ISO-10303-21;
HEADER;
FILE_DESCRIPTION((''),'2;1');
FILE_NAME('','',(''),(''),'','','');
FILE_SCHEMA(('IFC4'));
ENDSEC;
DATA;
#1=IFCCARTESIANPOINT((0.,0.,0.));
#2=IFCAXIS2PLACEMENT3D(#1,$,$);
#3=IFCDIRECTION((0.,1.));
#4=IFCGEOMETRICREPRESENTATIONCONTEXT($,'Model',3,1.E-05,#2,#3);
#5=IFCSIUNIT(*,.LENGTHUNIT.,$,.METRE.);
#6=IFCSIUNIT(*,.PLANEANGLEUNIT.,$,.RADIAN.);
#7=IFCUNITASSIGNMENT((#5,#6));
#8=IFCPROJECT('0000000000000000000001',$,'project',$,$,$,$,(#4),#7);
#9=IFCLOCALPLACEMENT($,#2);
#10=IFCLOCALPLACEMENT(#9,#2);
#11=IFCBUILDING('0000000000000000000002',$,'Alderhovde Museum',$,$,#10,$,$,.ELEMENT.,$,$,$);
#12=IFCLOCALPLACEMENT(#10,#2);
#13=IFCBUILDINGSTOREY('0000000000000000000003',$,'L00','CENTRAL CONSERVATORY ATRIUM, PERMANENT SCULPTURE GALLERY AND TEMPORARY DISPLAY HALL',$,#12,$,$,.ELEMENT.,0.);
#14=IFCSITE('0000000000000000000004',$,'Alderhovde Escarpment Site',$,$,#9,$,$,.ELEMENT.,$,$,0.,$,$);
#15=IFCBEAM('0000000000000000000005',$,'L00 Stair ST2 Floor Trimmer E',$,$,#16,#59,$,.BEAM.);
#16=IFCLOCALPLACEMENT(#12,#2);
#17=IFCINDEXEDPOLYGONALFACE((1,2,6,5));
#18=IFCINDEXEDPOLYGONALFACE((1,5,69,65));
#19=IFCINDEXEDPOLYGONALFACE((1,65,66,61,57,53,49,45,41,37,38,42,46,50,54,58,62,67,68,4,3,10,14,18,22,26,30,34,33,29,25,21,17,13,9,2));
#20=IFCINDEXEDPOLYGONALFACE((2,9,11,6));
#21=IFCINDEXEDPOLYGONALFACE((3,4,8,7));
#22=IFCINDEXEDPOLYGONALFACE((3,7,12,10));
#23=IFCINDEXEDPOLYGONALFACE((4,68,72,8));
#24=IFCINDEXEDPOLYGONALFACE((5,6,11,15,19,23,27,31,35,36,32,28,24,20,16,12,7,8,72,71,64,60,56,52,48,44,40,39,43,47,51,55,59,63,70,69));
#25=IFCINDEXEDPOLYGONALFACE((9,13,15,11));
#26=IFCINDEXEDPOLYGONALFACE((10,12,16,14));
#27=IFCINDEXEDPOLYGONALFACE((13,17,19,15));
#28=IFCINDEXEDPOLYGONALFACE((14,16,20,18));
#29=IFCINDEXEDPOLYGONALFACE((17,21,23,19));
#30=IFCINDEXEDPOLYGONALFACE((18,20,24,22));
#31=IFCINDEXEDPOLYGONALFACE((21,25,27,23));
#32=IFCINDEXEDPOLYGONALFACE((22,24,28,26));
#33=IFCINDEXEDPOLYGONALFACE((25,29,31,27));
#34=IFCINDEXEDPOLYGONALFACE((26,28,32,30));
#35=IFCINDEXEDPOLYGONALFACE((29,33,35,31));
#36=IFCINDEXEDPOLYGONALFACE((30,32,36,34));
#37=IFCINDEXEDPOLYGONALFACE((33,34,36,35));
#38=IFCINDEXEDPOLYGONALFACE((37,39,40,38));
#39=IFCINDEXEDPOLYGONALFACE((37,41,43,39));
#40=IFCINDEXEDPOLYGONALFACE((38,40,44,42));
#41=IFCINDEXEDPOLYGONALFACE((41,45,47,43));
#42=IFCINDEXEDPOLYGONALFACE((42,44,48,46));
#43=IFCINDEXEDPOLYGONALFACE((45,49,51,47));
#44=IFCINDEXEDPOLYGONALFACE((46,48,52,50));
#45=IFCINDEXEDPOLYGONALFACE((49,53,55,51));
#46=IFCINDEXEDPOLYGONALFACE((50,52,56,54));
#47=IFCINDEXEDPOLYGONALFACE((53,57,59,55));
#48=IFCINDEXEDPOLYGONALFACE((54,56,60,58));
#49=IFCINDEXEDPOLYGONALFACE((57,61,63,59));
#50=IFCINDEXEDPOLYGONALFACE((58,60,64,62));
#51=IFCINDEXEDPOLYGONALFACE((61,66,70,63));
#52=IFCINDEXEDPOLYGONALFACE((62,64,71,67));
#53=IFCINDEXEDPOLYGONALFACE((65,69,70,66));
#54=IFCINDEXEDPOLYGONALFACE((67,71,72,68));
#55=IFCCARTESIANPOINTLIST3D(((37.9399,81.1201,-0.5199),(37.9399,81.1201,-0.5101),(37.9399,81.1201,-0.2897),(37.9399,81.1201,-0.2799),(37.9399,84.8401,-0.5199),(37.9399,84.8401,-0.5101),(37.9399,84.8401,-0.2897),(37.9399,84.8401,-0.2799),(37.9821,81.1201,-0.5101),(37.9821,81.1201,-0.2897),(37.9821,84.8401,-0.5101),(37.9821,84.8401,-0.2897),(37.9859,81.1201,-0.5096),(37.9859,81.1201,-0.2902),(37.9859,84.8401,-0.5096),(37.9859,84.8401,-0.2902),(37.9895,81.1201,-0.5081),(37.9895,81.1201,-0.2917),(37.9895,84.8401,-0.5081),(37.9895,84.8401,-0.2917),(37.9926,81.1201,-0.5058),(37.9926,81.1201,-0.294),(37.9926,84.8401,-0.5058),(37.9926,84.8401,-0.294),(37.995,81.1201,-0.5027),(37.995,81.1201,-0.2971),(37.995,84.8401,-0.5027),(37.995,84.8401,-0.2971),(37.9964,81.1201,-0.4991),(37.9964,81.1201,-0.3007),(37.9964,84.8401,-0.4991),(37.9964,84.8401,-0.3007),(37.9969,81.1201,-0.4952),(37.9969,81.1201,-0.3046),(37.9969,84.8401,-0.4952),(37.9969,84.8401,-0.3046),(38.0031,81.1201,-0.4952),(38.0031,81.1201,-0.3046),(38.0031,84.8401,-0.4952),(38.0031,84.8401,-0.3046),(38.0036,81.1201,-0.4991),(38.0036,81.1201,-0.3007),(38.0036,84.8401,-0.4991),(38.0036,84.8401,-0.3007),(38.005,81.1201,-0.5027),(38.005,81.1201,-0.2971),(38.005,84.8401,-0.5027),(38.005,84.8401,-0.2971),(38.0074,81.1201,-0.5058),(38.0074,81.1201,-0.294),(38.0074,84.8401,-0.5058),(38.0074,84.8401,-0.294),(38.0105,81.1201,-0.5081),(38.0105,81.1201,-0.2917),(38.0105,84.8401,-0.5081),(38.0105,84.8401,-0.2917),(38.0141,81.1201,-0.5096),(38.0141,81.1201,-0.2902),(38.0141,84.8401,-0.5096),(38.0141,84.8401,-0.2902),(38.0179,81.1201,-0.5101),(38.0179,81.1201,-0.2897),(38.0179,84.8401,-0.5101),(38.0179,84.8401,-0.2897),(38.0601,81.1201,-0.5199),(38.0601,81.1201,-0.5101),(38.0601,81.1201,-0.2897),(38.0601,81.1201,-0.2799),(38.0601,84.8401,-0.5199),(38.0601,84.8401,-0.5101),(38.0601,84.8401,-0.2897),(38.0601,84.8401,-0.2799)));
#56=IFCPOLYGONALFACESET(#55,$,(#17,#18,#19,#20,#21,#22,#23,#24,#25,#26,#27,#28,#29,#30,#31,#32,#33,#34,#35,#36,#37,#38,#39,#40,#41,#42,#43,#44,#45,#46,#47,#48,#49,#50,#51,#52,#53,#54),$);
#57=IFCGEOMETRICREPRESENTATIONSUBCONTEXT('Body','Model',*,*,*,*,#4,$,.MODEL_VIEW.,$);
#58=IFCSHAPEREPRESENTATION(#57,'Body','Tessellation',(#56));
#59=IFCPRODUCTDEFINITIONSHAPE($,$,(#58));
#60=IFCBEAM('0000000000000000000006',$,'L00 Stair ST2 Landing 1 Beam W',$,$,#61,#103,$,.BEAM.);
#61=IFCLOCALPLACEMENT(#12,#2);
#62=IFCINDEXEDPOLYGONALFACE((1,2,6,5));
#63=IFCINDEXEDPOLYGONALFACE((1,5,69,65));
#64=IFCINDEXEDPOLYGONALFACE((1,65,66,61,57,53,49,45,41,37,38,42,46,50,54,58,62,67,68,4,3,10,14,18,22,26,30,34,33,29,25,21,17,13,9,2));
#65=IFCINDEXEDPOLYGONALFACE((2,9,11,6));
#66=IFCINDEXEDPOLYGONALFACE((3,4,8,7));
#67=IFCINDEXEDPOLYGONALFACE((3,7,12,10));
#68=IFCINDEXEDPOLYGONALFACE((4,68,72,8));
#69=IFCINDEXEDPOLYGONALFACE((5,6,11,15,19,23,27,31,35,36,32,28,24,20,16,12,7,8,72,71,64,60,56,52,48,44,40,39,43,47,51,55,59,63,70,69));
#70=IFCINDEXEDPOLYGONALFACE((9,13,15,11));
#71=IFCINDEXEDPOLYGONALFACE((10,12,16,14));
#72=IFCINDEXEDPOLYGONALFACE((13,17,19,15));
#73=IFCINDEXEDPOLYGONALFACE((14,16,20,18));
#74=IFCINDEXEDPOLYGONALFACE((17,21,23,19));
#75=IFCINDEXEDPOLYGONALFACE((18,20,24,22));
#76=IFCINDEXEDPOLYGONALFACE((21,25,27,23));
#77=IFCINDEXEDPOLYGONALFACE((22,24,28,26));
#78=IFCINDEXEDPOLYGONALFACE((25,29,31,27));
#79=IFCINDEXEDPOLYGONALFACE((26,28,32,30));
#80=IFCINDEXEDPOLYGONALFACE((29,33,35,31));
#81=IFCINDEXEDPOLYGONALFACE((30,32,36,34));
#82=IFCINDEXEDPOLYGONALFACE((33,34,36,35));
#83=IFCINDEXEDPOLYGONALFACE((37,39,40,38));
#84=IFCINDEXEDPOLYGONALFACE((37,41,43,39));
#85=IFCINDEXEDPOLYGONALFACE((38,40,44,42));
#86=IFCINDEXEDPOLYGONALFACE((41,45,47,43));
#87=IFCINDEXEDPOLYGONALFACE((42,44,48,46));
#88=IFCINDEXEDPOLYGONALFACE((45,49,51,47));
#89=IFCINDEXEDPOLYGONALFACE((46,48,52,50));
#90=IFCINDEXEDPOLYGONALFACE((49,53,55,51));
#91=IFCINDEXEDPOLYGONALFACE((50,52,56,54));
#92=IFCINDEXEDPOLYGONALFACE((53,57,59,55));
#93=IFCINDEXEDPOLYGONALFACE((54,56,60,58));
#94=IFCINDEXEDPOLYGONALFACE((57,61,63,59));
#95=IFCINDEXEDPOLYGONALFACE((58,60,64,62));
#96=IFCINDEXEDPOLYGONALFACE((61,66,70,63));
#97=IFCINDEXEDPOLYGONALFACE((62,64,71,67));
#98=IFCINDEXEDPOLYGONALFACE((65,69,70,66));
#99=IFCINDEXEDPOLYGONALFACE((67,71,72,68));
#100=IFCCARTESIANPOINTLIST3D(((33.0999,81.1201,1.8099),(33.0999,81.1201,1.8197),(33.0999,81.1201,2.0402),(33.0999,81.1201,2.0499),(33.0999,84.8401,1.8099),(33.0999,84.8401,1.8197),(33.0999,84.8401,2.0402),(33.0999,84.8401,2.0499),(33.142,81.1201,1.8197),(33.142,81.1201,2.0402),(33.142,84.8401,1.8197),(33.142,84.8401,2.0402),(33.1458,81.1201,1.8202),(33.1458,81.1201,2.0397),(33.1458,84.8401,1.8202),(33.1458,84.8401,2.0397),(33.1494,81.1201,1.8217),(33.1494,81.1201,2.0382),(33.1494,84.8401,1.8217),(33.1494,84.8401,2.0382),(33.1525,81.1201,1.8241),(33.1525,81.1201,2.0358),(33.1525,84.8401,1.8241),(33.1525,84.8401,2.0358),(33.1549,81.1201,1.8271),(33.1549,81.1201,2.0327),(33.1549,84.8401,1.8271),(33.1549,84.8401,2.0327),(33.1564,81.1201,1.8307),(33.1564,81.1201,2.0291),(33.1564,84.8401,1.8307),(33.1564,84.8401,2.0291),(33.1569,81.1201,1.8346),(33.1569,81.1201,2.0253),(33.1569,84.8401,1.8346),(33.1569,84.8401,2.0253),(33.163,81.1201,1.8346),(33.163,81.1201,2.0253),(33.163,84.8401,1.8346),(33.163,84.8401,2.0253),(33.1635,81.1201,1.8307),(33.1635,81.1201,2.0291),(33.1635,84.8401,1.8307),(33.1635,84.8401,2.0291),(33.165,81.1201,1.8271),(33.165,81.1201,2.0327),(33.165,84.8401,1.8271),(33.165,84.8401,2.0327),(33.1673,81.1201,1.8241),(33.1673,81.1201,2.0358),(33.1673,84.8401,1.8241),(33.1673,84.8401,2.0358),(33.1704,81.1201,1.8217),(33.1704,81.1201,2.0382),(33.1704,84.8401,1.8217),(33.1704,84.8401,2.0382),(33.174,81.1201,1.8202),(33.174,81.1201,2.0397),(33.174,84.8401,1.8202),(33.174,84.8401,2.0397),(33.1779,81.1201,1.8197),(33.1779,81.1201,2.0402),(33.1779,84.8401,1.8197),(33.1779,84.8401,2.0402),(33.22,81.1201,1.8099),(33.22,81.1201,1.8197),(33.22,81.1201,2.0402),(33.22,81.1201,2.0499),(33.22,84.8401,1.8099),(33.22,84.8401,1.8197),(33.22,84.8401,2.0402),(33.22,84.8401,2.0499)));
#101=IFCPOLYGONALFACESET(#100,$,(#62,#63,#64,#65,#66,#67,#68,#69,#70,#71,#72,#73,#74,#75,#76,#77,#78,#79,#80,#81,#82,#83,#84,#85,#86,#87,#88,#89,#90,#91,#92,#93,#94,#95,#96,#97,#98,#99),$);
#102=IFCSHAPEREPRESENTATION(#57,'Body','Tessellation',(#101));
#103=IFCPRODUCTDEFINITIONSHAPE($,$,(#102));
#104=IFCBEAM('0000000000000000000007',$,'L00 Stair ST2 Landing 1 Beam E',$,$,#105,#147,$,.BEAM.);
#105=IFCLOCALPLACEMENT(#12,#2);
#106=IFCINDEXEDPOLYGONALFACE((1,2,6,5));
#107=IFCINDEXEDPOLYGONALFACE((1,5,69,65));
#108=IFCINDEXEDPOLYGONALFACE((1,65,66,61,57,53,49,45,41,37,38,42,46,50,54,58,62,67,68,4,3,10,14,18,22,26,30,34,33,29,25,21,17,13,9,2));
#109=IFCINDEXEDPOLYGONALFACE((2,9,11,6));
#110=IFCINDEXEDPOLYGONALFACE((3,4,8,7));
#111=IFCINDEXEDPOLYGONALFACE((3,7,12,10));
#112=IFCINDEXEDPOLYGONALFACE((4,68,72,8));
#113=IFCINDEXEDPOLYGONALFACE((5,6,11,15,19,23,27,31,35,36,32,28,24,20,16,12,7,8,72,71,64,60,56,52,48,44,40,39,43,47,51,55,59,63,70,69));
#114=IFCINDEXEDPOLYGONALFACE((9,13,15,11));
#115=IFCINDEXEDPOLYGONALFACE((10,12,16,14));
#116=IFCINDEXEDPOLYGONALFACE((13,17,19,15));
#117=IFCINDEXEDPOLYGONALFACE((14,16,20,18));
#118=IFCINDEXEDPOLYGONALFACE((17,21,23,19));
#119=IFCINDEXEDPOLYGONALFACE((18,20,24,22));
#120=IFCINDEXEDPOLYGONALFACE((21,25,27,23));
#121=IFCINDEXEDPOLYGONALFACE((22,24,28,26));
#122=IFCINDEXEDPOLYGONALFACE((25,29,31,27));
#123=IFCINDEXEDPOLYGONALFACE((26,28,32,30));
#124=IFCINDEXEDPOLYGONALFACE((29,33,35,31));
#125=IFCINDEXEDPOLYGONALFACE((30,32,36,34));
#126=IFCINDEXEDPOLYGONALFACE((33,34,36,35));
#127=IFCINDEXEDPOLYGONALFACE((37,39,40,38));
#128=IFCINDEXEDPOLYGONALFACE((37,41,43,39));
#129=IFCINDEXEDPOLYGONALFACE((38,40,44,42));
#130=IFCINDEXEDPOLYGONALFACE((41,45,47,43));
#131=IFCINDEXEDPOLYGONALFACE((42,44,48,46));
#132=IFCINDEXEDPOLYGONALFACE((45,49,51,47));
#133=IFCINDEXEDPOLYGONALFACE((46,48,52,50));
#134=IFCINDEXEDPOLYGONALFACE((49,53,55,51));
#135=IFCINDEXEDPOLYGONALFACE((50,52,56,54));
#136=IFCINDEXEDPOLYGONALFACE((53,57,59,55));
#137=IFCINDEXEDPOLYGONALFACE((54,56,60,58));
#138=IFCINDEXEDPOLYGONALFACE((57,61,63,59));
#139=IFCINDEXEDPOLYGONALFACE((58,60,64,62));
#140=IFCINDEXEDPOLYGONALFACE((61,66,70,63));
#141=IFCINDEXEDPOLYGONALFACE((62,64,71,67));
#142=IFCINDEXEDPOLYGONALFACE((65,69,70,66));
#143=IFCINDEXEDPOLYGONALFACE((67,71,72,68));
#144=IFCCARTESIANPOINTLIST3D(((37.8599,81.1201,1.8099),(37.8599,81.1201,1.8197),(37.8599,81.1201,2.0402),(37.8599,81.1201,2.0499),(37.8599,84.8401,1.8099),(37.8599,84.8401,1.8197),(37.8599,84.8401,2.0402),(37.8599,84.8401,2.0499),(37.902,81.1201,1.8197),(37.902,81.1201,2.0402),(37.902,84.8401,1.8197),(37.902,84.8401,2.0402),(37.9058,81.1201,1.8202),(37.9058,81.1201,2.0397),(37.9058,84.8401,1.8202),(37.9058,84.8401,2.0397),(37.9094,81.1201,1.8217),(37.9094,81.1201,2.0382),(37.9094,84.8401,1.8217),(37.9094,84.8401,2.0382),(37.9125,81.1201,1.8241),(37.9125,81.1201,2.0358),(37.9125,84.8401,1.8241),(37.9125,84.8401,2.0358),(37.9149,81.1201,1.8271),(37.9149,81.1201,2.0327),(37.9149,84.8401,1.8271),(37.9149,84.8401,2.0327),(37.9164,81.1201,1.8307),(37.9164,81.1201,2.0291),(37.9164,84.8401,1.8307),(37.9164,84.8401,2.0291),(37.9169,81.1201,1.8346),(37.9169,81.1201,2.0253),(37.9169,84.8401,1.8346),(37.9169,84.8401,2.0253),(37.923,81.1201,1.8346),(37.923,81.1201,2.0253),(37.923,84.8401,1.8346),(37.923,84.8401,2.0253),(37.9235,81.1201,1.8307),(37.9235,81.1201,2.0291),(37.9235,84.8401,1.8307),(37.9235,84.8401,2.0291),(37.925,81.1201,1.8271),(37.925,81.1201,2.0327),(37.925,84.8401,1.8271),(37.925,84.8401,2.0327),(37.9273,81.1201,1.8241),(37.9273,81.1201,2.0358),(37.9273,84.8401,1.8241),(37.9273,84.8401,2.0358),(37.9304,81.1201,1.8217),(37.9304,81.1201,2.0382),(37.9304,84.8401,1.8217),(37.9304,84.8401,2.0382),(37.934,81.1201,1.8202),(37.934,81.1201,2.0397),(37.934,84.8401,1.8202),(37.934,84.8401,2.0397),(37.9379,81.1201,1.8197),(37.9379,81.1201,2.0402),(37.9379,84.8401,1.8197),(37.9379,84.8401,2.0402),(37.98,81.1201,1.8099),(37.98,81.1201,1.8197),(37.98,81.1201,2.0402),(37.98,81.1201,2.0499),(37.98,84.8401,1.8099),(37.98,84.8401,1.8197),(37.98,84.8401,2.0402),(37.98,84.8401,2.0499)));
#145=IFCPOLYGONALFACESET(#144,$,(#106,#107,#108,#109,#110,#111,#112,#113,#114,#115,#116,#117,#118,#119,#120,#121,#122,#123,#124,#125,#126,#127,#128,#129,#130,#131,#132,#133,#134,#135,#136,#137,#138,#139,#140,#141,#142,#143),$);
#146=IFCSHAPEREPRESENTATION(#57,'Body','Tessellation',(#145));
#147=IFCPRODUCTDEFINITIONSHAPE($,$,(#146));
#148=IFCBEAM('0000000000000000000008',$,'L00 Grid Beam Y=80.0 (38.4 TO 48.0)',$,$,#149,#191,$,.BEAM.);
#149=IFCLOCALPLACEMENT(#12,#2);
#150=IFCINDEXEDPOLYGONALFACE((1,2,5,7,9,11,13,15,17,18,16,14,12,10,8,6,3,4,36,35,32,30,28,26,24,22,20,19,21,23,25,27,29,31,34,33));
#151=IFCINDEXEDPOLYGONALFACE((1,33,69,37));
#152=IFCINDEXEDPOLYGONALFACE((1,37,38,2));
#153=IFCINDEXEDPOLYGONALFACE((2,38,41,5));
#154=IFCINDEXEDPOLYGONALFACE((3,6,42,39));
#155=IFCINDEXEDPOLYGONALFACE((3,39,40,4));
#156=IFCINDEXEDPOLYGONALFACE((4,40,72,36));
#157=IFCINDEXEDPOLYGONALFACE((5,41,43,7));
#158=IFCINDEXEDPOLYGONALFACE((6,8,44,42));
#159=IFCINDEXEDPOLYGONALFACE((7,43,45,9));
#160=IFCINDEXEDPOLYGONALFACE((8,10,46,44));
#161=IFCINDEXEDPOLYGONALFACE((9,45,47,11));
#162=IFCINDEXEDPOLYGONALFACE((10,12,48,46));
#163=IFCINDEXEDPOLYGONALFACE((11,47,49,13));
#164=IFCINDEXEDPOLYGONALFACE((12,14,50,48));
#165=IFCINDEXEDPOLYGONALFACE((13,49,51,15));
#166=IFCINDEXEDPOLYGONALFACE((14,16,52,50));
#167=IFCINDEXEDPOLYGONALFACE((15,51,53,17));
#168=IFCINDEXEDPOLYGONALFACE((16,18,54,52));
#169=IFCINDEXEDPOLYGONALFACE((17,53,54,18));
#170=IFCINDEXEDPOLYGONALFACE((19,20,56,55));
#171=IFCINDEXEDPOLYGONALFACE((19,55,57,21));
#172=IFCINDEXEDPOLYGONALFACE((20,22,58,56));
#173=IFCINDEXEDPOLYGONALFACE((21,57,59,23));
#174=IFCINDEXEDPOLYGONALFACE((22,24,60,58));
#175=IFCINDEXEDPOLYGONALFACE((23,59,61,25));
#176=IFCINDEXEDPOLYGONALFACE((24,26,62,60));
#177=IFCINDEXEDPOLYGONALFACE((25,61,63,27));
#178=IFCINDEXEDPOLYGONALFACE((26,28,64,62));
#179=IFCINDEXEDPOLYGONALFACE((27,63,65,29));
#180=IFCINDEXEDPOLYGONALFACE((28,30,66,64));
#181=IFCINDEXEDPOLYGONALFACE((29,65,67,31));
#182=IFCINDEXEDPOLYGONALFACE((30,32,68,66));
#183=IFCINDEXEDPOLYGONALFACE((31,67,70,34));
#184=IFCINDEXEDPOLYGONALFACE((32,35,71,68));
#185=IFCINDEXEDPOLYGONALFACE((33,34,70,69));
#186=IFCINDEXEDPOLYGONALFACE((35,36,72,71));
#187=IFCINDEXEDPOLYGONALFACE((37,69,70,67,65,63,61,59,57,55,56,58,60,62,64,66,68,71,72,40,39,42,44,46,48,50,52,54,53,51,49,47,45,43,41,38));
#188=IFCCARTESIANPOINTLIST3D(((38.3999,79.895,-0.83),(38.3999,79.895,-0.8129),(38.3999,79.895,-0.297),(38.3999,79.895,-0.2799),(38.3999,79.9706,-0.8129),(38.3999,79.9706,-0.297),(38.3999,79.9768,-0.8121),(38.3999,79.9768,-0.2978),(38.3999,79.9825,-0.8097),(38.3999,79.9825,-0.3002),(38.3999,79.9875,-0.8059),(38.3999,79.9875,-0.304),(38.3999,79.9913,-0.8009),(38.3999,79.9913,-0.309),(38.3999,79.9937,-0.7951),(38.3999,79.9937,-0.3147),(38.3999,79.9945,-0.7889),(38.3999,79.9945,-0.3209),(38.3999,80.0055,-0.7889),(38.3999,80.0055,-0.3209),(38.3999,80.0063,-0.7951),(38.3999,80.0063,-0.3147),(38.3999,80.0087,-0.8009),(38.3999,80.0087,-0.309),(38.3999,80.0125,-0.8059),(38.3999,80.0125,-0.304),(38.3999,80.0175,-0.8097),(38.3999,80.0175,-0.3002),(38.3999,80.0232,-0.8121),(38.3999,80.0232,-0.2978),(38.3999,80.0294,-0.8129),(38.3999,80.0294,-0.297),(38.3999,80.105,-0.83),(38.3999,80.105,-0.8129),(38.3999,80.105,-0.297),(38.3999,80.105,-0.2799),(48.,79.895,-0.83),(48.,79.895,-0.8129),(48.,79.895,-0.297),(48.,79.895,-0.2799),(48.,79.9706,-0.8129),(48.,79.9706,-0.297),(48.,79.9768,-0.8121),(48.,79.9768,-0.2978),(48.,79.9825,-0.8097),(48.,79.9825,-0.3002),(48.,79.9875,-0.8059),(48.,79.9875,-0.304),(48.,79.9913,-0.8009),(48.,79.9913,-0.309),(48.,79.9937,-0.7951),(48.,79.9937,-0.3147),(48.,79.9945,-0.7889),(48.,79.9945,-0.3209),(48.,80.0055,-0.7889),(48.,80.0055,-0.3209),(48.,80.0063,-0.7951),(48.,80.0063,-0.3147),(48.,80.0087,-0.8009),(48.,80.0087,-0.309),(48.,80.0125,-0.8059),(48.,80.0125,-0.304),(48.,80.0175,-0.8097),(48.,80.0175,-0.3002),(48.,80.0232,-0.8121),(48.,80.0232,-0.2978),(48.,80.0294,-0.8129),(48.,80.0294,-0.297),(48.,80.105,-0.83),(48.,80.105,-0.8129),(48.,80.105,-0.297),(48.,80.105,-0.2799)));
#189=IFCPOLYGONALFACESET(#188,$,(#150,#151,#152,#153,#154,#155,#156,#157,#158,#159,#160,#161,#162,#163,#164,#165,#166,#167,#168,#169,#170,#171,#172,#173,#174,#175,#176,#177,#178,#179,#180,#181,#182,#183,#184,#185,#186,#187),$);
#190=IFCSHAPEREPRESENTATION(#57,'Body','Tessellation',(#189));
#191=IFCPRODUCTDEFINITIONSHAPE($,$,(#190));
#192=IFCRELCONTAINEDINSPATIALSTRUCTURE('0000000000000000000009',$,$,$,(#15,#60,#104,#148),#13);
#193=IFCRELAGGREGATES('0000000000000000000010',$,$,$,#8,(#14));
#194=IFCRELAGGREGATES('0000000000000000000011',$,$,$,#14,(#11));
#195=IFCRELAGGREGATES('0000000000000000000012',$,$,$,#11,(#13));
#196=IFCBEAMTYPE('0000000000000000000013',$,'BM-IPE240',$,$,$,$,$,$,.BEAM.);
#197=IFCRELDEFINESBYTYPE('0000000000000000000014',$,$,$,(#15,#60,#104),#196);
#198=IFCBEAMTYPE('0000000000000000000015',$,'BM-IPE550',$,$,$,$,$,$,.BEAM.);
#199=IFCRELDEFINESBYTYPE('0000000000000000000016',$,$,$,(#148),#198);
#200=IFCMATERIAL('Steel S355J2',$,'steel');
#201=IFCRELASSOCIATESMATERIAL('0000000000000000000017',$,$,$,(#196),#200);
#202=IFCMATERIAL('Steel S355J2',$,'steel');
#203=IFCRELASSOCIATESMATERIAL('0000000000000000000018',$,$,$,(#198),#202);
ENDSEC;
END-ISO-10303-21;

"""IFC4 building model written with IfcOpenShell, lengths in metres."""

from ifc_helpers import new_model, si_unit, direction, frame, origin, origin_2d, place, context, subcontext, project, spatial, i_section, extrude, material, material_profile, profile_set, type_object, element, save


model = new_model("IFC4")

# Units and contexts
model_context = context("Model", 3, precision=1e-05, world=origin(), true_north=direction((0.0, 1.0)))
body_context = subcontext(model_context, "Body", "Model", "MODEL_VIEW")
ifc_project = project(units=[si_unit("LENGTHUNIT", "METRE"), si_unit("PLANEANGLEUNIT", "RADIAN")], contexts=[model_context])

# Site, building, storey
site_placement = place(None, origin())
site = spatial("IfcSite", under=ifc_project, at=site_placement, Name="Alderhovde Escarpment Site", CompositionType="ELEMENT", RefElevation=0.0)
building_placement = place(site_placement, origin())
building = spatial("IfcBuilding", under=site, at=building_placement, Name="Alderhovde Museum", CompositionType="ELEMENT")
storey_placement = place(building_placement, origin())
storey = spatial("IfcBuildingStorey", under=building, at=storey_placement, Name="L00", Description="CENTRAL CONSERVATORY ATRIUM, PERMANENT SCULPTURE GALLERY AND TEMPORARY DISPLAY HALL", CompositionType="ELEMENT", Elevation=0.0)

# Beams
ifc_material_1 = material(Name="Steel S355J2", Category="steel")
ifc_material_profile_1 = material_profile(ifc_material_1, i_section(OverallWidth=0.1201, OverallDepth=0.24, WebThickness=0.0061, FlangeThickness=0.0098, FilletRadius=0.0149, at=origin_2d()), Name="IPE 240")
ifc_profile_set_1 = profile_set([ifc_material_profile_1], Name="Steel S355J2")
beam_type_1 = type_object("IfcBeamType", Name="BM-IPE240", PredefinedType="BEAM", material=ifc_profile_set_1)
for number, where, z_axis, x_axis, name in (
    (1, (38.0, 81.1201, -0.3999), (0.0, 1.0, 0.0), (-1.0, 0.0, 0.0), "L00 Stair ST2 Floor Trimmer E"),
    (2, (33.1599, 81.1201, 1.9299), (0.0, 1.0, 0.0), (-1.0, 0.0, 0.0), "L00 Stair ST2 Landing 1 Beam W"),
    (3, (37.9199, 81.1201, 1.9299), (0.0, 1.0, 0.0), (-1.0, 0.0, 0.0), "L00 Stair ST2 Landing 1 Beam E"),
):
    element("IfcBeam", number, at=place(storey_placement, frame(where, z_axis=z_axis, x_axis=x_axis)), inside=storey, type_object=beam_type_1, Name=name, PredefinedType="BEAM", context=body_context, shape_type="SweptSolid", body=[
        extrude(i_section(OverallWidth=0.1201, OverallDepth=0.24, WebThickness=0.0061, FlangeThickness=0.0098, FilletRadius=0.0149, at=origin_2d()), origin(), (0.0, 0.0, 1.0), 3.72),
    ])
ifc_material_2 = material(Name="Steel S355J2", Category="steel")
ifc_material_profile_2 = material_profile(ifc_material_2, i_section(OverallWidth=0.21, OverallDepth=0.55, WebThickness=0.011, FlangeThickness=0.0171, FilletRadius=0.0239, at=origin_2d()), Name="IPE 550")
ifc_profile_set_2 = profile_set([ifc_material_profile_2], Name="Steel S355J2")
beam_type_2 = type_object("IfcBeamType", Name="BM-IPE550", PredefinedType="BEAM", material=ifc_profile_set_2)
for number, where, z_axis, x_axis, name in (
    (4, (38.3999, 80.0, -0.5549), (1.0, 0.0, 0.0), (0.0, 1.0, 0.0), "L00 Grid Beam Y=80.0 (38.4 TO 48.0)"),
):
    element("IfcBeam", number, at=place(storey_placement, frame(where, z_axis=z_axis, x_axis=x_axis)), inside=storey, type_object=beam_type_2, Name=name, PredefinedType="BEAM", context=body_context, shape_type="SweptSolid", body=[
        extrude(i_section(OverallWidth=0.21, OverallDepth=0.55, WebThickness=0.011, FlangeThickness=0.0171, FilletRadius=0.0239, at=origin_2d()), origin(), (0.0, 0.0, 1.0), 9.6001),
    ])

save(model, "model.ifc")
